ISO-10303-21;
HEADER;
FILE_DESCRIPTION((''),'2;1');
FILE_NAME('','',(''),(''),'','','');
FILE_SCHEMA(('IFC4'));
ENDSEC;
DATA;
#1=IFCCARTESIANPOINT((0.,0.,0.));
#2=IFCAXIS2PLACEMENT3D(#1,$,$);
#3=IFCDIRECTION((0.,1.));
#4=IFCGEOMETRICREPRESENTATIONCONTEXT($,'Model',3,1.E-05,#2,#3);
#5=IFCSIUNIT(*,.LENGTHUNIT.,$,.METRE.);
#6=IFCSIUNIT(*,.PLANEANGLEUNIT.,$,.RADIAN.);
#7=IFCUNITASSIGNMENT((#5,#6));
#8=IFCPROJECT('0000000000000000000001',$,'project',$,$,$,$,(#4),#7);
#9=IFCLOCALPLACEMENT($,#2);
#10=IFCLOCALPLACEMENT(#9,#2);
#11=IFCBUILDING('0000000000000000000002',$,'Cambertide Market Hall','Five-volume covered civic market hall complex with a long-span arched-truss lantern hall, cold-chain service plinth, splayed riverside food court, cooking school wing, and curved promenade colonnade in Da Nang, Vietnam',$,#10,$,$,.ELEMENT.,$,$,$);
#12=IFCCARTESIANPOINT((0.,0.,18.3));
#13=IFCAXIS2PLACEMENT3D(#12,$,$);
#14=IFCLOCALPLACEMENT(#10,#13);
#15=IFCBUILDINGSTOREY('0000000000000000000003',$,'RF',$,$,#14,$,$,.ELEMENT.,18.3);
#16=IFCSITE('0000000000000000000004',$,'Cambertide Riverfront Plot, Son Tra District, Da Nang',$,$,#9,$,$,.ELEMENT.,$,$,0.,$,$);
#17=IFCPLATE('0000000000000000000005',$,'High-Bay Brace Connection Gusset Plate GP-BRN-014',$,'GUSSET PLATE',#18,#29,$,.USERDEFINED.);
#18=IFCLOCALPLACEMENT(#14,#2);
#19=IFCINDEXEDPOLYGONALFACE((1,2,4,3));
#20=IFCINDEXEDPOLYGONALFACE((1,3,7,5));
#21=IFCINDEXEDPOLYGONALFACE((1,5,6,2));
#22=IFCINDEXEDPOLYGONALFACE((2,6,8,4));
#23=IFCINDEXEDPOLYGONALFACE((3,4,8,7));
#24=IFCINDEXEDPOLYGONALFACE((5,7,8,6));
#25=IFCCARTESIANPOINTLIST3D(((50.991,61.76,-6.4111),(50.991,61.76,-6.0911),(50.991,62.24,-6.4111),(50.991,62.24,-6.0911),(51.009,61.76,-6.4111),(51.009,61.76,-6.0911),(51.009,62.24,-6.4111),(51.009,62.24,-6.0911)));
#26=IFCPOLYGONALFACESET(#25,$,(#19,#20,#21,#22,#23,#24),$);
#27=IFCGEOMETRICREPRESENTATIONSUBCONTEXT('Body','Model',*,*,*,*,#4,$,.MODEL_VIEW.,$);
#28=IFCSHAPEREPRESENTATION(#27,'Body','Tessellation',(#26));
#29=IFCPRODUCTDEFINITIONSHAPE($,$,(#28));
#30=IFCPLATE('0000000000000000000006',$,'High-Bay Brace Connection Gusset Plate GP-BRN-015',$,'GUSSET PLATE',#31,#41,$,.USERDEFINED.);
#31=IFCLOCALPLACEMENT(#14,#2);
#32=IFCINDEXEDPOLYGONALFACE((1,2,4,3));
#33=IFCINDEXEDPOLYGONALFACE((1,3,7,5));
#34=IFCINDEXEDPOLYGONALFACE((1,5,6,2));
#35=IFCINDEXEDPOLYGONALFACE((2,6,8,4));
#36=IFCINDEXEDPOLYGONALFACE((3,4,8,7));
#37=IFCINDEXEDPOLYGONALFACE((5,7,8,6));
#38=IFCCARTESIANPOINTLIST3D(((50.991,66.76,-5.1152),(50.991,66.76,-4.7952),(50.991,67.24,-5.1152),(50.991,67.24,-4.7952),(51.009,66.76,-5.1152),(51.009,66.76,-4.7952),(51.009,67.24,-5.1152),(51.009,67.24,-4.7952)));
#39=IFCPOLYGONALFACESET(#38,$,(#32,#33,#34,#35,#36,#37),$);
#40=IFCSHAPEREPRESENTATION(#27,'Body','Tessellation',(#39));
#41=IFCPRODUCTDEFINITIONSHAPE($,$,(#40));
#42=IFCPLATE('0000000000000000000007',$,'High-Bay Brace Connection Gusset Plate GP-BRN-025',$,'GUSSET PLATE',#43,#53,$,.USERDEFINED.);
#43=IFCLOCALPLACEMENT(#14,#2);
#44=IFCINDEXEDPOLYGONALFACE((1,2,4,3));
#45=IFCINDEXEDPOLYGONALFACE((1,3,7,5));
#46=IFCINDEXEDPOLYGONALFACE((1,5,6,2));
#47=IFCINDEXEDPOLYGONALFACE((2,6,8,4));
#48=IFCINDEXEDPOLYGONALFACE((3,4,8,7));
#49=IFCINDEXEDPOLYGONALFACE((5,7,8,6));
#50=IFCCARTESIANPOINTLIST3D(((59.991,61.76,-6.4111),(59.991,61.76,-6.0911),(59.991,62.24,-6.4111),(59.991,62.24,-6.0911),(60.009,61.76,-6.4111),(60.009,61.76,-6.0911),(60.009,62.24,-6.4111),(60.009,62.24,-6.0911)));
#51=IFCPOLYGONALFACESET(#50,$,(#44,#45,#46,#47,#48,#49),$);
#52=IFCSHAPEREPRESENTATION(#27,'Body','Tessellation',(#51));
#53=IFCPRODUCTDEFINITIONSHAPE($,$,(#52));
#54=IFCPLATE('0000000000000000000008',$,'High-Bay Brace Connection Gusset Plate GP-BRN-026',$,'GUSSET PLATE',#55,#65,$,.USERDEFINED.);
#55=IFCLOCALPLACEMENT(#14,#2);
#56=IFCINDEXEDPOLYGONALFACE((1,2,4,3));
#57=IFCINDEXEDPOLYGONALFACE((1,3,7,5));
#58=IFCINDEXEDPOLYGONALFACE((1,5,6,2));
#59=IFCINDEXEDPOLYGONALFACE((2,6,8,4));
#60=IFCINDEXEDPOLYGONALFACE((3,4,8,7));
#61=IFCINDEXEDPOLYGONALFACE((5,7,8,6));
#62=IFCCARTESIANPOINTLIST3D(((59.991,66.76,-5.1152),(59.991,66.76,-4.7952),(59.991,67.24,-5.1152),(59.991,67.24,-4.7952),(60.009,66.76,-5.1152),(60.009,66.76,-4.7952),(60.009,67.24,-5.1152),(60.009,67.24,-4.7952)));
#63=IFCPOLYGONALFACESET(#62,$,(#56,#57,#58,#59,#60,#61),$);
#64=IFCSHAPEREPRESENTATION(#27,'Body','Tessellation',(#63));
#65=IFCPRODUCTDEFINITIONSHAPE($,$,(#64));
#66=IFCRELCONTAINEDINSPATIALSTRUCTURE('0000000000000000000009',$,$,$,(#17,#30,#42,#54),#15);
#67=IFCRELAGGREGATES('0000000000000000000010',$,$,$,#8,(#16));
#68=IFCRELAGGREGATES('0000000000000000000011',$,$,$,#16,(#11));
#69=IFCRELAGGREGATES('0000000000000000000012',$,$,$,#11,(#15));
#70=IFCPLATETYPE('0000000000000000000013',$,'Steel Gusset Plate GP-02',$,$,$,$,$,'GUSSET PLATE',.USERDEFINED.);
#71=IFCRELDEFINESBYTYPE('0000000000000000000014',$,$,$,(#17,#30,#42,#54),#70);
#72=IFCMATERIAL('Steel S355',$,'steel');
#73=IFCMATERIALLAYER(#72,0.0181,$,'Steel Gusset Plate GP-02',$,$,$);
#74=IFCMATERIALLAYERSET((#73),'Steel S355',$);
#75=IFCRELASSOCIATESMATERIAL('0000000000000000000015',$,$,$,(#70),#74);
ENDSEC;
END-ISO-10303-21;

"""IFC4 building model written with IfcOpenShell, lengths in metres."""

from ifc_helpers import new_model, si_unit, direction, frame, origin, origin_2d, place, context, subcontext, project, spatial, rectangle, extrude, material, layer, layer_set, type_object, element, save


model = new_model("IFC4")

# Units and contexts
model_context = context("Model", 3, precision=1e-05, world=origin(), true_north=direction((0.0, 1.0)))
body_context = subcontext(model_context, "Body", "Model", "MODEL_VIEW")
ifc_project = project(units=[si_unit("LENGTHUNIT", "METRE"), si_unit("PLANEANGLEUNIT", "RADIAN")], contexts=[model_context])

# Site, building, storey
site_placement = place(None, origin())
site = spatial("IfcSite", under=ifc_project, at=site_placement, Name="Cambertide Riverfront Plot, Son Tra District, Da Nang", CompositionType="ELEMENT", RefElevation=0.0)
building_placement = place(site_placement, origin())
building = spatial("IfcBuilding", under=site, at=building_placement, Name="Cambertide Market Hall", Description="Five-volume covered civic market hall complex with a long-span arched-truss lantern hall, cold-chain service plinth, splayed riverside food court, cooking school wing, and curved promenade colonnade in Da Nang, Vietnam", CompositionType="ELEMENT")
storey_placement = place(building_placement, frame((0.0, 0.0, 18.3)))
storey = spatial("IfcBuildingStorey", under=building, at=storey_placement, Name="RF", CompositionType="ELEMENT", Elevation=18.3)

# Plates
ifc_material_1 = material(Name="Steel S355", Category="steel")
ifc_layer = layer(ifc_material_1, 0.0181, Name="Steel Gusset Plate GP-02")
ifc_layer_set = layer_set([ifc_layer], Name="Steel S355")
plate_type = type_object("IfcPlateType", Name="Steel Gusset Plate GP-02", ElementType="GUSSET PLATE", PredefinedType="USERDEFINED", material=ifc_layer_set)
for number, where, z_axis, x_axis, name in (
    (1, (51.0, 62.0, -6.4111), (0.0, 0.0, 1.0), (0.0, 1.0, 0.0), "High-Bay Brace Connection Gusset Plate GP-BRN-014"),
    (2, (51.0, 67.0, -5.1152), (0.0, 0.0, 1.0), (0.0, 1.0, 0.0), "High-Bay Brace Connection Gusset Plate GP-BRN-015"),
    (3, (60.0, 62.0, -6.4111), (0.0, 0.0, 1.0), (0.0, 1.0, 0.0), "High-Bay Brace Connection Gusset Plate GP-BRN-025"),
    (4, (60.0, 67.0, -5.1152), (0.0, 0.0, 1.0), (0.0, 1.0, 0.0), "High-Bay Brace Connection Gusset Plate GP-BRN-026"),
):
    element("IfcPlate", number, at=place(storey_placement, frame(where, z_axis=z_axis, x_axis=x_axis)), inside=storey, type_object=plate_type, Name=name, ObjectType="GUSSET PLATE", PredefinedType="USERDEFINED", context=body_context, shape_type="SweptSolid", body=[
        extrude(rectangle(XDim=0.48, YDim=0.0181, at=origin_2d()), origin(), (0.0, 0.0, 1.0), 0.3201),
    ])

save(model, "model.ifc")
